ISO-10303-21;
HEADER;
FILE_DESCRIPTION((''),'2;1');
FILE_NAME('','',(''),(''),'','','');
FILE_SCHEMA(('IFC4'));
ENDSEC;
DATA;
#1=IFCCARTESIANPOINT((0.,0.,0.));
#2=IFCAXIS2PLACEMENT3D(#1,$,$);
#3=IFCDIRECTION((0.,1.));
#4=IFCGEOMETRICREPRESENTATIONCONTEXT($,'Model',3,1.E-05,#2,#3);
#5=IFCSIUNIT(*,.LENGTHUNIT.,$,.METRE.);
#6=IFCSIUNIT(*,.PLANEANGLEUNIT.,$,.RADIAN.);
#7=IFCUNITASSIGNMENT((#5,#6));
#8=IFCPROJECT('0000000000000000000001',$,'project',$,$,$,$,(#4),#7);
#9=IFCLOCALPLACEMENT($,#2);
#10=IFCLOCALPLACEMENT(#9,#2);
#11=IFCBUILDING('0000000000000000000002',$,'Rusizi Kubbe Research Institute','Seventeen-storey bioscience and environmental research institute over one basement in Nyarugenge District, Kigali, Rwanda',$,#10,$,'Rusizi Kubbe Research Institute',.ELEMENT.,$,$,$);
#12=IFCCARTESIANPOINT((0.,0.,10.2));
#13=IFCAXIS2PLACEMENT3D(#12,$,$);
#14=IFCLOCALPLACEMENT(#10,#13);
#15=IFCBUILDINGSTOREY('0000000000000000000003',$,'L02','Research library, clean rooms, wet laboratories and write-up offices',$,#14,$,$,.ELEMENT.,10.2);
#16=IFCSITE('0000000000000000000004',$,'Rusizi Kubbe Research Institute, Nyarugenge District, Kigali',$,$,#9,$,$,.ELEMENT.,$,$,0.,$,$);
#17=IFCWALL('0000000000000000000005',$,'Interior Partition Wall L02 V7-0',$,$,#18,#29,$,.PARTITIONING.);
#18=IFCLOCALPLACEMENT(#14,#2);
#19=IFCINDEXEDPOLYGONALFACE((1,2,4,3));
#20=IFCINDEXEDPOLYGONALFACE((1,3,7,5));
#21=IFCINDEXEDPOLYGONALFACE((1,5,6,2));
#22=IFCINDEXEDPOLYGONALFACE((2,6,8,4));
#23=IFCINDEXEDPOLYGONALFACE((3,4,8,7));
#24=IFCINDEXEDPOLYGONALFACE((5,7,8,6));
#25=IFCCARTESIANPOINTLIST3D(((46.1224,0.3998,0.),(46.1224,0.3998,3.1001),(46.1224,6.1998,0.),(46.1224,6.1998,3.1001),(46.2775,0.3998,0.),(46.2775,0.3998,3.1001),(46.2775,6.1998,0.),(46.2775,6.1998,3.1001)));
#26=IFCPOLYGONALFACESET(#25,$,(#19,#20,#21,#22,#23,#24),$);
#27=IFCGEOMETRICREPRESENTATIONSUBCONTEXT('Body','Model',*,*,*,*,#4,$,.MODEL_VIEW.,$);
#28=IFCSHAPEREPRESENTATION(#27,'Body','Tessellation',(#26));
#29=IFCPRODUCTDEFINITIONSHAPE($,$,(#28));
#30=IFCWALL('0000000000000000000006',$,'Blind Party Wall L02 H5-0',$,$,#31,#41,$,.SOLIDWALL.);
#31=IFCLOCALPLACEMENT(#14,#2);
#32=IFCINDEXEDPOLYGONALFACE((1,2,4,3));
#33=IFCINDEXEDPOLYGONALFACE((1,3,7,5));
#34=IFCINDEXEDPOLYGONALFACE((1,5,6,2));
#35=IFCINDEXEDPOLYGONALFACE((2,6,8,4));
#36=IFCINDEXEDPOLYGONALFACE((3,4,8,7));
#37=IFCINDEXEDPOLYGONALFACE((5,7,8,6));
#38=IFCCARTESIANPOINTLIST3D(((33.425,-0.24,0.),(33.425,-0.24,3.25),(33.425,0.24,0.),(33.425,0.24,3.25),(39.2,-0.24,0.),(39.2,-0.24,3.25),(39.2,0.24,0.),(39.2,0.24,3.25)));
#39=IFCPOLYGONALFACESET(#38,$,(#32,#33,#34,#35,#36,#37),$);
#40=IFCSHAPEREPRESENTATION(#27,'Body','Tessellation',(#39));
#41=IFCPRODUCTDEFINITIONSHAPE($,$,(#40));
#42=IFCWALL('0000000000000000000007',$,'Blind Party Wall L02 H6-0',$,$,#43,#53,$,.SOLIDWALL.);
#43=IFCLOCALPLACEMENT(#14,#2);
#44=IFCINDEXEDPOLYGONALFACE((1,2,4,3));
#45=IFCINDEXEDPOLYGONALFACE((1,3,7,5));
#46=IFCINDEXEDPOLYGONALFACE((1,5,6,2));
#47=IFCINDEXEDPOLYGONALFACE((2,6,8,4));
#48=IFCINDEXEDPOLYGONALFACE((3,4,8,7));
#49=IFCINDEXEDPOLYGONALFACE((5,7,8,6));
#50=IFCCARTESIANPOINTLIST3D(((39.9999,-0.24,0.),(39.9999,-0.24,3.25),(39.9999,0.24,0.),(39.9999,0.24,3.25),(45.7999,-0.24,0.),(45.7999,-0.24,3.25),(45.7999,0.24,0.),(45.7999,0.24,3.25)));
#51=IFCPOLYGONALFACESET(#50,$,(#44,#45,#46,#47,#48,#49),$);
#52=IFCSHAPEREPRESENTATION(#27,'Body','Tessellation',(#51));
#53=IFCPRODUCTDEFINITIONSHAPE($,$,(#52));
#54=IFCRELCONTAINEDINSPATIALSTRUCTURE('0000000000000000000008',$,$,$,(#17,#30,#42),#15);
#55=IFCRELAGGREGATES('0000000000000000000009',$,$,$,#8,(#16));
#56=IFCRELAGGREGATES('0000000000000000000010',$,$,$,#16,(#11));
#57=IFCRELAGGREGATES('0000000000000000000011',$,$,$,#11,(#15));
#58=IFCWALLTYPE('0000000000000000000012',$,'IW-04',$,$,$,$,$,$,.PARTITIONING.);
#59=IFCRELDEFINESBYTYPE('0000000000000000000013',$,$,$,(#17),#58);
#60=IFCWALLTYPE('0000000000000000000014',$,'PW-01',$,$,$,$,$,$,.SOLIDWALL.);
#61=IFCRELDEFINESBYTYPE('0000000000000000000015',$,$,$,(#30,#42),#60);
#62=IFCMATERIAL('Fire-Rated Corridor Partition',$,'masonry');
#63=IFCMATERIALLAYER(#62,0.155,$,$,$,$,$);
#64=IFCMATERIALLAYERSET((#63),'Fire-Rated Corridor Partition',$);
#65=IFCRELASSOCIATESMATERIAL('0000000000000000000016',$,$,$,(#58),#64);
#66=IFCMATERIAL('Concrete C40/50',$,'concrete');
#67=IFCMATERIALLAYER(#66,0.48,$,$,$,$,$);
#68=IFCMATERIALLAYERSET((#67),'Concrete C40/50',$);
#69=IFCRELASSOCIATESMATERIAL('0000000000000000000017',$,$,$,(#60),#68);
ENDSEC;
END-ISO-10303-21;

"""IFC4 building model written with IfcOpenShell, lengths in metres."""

from ifc_helpers import new_model, si_unit, direction, frame, frame_2d, origin, place, context, subcontext, project, spatial, rectangle, extrude, material, layer, layer_set, type_object, element, save


model = new_model("IFC4")

# Units and contexts
model_context = context("Model", 3, precision=1e-05, world=origin(), true_north=direction((0.0, 1.0)))
body_context = subcontext(model_context, "Body", "Model", "MODEL_VIEW")
ifc_project = project(units=[si_unit("LENGTHUNIT", "METRE"), si_unit("PLANEANGLEUNIT", "RADIAN")], contexts=[model_context])

# Site, building, storey
site_placement = place(None, origin())
site = spatial("IfcSite", under=ifc_project, at=site_placement, Name="Rusizi Kubbe Research Institute, Nyarugenge District, Kigali", CompositionType="ELEMENT", RefElevation=0.0)
building_placement = place(site_placement, origin())
building = spatial("IfcBuilding", under=site, at=building_placement, Name="Rusizi Kubbe Research Institute", Description="Seventeen-storey bioscience and environmental research institute over one basement in Nyarugenge District, Kigali, Rwanda", LongName="Rusizi Kubbe Research Institute", CompositionType="ELEMENT")
storey_placement = place(building_placement, frame((0.0, 0.0, 10.2)))
storey = spatial("IfcBuildingStorey", under=building, at=storey_placement, Name="L02", Description="Research library, clean rooms, wet laboratories and write-up offices", CompositionType="ELEMENT", Elevation=10.2)

# Walls
ifc_material_1 = material(Name="Fire-Rated Corridor Partition", Category="masonry")
ifc_layer_1 = layer(ifc_material_1, 0.155)
ifc_layer_set_1 = layer_set([ifc_layer_1], Name="Fire-Rated Corridor Partition")
wall_type_1 = type_object("IfcWallType", Name="IW-04", PredefinedType="PARTITIONING", material=ifc_layer_set_1)
wall_1_placement = place(storey_placement, frame((46.2, 0.3999, 0.0), z_axis=(0.0, 0.0, 1.0), x_axis=(0.0, 1.0, 0.0)))
element("IfcWall", 1, at=wall_1_placement, inside=storey, type_object=wall_type_1, Name="Interior Partition Wall L02 V7-0", PredefinedType="PARTITIONING", context=body_context, shape_type="SweptSolid", body=[
    extrude(rectangle(XDim=5.8, YDim=0.155, at=frame_2d((2.8999, 0.0))), origin(), (0.0, 0.0, 1.0), 3.1001),
])
ifc_material_2 = material(Name="Concrete C40/50", Category="concrete")
ifc_layer_2 = layer(ifc_material_2, 0.48)
ifc_layer_set_2 = layer_set([ifc_layer_2], Name="Concrete C40/50")
wall_type_2 = type_object("IfcWallType", Name="PW-01", PredefinedType="SOLIDWALL", material=ifc_layer_set_2)
wall_2_placement = place(storey_placement, frame((33.425, 0.0, 0.0), z_axis=(0.0, 0.0, 1.0), x_axis=(1.0, 0.0, 0.0)))
element("IfcWall", 2, at=wall_2_placement, inside=storey, type_object=wall_type_2, Name="Blind Party Wall L02 H5-0", PredefinedType="SOLIDWALL", context=body_context, shape_type="SweptSolid", body=[
    extrude(rectangle(XDim=5.7749, YDim=0.48, at=frame_2d((2.8875, 0.0))), origin(), (0.0, 0.0, 1.0), 3.25),
])
wall_3_placement = place(storey_placement, frame((40.0, 0.0, 0.0), z_axis=(0.0, 0.0, 1.0), x_axis=(1.0, 0.0, 0.0)))
element("IfcWall", 3, at=wall_3_placement, inside=storey, type_object=wall_type_2, Name="Blind Party Wall L02 H6-0", PredefinedType="SOLIDWALL", context=body_context, shape_type="SweptSolid", body=[
    extrude(rectangle(XDim=5.8, YDim=0.48, at=frame_2d((2.8999, 0.0))), origin(), (0.0, 0.0, 1.0), 3.25),
])

save(model, "model.ifc")
